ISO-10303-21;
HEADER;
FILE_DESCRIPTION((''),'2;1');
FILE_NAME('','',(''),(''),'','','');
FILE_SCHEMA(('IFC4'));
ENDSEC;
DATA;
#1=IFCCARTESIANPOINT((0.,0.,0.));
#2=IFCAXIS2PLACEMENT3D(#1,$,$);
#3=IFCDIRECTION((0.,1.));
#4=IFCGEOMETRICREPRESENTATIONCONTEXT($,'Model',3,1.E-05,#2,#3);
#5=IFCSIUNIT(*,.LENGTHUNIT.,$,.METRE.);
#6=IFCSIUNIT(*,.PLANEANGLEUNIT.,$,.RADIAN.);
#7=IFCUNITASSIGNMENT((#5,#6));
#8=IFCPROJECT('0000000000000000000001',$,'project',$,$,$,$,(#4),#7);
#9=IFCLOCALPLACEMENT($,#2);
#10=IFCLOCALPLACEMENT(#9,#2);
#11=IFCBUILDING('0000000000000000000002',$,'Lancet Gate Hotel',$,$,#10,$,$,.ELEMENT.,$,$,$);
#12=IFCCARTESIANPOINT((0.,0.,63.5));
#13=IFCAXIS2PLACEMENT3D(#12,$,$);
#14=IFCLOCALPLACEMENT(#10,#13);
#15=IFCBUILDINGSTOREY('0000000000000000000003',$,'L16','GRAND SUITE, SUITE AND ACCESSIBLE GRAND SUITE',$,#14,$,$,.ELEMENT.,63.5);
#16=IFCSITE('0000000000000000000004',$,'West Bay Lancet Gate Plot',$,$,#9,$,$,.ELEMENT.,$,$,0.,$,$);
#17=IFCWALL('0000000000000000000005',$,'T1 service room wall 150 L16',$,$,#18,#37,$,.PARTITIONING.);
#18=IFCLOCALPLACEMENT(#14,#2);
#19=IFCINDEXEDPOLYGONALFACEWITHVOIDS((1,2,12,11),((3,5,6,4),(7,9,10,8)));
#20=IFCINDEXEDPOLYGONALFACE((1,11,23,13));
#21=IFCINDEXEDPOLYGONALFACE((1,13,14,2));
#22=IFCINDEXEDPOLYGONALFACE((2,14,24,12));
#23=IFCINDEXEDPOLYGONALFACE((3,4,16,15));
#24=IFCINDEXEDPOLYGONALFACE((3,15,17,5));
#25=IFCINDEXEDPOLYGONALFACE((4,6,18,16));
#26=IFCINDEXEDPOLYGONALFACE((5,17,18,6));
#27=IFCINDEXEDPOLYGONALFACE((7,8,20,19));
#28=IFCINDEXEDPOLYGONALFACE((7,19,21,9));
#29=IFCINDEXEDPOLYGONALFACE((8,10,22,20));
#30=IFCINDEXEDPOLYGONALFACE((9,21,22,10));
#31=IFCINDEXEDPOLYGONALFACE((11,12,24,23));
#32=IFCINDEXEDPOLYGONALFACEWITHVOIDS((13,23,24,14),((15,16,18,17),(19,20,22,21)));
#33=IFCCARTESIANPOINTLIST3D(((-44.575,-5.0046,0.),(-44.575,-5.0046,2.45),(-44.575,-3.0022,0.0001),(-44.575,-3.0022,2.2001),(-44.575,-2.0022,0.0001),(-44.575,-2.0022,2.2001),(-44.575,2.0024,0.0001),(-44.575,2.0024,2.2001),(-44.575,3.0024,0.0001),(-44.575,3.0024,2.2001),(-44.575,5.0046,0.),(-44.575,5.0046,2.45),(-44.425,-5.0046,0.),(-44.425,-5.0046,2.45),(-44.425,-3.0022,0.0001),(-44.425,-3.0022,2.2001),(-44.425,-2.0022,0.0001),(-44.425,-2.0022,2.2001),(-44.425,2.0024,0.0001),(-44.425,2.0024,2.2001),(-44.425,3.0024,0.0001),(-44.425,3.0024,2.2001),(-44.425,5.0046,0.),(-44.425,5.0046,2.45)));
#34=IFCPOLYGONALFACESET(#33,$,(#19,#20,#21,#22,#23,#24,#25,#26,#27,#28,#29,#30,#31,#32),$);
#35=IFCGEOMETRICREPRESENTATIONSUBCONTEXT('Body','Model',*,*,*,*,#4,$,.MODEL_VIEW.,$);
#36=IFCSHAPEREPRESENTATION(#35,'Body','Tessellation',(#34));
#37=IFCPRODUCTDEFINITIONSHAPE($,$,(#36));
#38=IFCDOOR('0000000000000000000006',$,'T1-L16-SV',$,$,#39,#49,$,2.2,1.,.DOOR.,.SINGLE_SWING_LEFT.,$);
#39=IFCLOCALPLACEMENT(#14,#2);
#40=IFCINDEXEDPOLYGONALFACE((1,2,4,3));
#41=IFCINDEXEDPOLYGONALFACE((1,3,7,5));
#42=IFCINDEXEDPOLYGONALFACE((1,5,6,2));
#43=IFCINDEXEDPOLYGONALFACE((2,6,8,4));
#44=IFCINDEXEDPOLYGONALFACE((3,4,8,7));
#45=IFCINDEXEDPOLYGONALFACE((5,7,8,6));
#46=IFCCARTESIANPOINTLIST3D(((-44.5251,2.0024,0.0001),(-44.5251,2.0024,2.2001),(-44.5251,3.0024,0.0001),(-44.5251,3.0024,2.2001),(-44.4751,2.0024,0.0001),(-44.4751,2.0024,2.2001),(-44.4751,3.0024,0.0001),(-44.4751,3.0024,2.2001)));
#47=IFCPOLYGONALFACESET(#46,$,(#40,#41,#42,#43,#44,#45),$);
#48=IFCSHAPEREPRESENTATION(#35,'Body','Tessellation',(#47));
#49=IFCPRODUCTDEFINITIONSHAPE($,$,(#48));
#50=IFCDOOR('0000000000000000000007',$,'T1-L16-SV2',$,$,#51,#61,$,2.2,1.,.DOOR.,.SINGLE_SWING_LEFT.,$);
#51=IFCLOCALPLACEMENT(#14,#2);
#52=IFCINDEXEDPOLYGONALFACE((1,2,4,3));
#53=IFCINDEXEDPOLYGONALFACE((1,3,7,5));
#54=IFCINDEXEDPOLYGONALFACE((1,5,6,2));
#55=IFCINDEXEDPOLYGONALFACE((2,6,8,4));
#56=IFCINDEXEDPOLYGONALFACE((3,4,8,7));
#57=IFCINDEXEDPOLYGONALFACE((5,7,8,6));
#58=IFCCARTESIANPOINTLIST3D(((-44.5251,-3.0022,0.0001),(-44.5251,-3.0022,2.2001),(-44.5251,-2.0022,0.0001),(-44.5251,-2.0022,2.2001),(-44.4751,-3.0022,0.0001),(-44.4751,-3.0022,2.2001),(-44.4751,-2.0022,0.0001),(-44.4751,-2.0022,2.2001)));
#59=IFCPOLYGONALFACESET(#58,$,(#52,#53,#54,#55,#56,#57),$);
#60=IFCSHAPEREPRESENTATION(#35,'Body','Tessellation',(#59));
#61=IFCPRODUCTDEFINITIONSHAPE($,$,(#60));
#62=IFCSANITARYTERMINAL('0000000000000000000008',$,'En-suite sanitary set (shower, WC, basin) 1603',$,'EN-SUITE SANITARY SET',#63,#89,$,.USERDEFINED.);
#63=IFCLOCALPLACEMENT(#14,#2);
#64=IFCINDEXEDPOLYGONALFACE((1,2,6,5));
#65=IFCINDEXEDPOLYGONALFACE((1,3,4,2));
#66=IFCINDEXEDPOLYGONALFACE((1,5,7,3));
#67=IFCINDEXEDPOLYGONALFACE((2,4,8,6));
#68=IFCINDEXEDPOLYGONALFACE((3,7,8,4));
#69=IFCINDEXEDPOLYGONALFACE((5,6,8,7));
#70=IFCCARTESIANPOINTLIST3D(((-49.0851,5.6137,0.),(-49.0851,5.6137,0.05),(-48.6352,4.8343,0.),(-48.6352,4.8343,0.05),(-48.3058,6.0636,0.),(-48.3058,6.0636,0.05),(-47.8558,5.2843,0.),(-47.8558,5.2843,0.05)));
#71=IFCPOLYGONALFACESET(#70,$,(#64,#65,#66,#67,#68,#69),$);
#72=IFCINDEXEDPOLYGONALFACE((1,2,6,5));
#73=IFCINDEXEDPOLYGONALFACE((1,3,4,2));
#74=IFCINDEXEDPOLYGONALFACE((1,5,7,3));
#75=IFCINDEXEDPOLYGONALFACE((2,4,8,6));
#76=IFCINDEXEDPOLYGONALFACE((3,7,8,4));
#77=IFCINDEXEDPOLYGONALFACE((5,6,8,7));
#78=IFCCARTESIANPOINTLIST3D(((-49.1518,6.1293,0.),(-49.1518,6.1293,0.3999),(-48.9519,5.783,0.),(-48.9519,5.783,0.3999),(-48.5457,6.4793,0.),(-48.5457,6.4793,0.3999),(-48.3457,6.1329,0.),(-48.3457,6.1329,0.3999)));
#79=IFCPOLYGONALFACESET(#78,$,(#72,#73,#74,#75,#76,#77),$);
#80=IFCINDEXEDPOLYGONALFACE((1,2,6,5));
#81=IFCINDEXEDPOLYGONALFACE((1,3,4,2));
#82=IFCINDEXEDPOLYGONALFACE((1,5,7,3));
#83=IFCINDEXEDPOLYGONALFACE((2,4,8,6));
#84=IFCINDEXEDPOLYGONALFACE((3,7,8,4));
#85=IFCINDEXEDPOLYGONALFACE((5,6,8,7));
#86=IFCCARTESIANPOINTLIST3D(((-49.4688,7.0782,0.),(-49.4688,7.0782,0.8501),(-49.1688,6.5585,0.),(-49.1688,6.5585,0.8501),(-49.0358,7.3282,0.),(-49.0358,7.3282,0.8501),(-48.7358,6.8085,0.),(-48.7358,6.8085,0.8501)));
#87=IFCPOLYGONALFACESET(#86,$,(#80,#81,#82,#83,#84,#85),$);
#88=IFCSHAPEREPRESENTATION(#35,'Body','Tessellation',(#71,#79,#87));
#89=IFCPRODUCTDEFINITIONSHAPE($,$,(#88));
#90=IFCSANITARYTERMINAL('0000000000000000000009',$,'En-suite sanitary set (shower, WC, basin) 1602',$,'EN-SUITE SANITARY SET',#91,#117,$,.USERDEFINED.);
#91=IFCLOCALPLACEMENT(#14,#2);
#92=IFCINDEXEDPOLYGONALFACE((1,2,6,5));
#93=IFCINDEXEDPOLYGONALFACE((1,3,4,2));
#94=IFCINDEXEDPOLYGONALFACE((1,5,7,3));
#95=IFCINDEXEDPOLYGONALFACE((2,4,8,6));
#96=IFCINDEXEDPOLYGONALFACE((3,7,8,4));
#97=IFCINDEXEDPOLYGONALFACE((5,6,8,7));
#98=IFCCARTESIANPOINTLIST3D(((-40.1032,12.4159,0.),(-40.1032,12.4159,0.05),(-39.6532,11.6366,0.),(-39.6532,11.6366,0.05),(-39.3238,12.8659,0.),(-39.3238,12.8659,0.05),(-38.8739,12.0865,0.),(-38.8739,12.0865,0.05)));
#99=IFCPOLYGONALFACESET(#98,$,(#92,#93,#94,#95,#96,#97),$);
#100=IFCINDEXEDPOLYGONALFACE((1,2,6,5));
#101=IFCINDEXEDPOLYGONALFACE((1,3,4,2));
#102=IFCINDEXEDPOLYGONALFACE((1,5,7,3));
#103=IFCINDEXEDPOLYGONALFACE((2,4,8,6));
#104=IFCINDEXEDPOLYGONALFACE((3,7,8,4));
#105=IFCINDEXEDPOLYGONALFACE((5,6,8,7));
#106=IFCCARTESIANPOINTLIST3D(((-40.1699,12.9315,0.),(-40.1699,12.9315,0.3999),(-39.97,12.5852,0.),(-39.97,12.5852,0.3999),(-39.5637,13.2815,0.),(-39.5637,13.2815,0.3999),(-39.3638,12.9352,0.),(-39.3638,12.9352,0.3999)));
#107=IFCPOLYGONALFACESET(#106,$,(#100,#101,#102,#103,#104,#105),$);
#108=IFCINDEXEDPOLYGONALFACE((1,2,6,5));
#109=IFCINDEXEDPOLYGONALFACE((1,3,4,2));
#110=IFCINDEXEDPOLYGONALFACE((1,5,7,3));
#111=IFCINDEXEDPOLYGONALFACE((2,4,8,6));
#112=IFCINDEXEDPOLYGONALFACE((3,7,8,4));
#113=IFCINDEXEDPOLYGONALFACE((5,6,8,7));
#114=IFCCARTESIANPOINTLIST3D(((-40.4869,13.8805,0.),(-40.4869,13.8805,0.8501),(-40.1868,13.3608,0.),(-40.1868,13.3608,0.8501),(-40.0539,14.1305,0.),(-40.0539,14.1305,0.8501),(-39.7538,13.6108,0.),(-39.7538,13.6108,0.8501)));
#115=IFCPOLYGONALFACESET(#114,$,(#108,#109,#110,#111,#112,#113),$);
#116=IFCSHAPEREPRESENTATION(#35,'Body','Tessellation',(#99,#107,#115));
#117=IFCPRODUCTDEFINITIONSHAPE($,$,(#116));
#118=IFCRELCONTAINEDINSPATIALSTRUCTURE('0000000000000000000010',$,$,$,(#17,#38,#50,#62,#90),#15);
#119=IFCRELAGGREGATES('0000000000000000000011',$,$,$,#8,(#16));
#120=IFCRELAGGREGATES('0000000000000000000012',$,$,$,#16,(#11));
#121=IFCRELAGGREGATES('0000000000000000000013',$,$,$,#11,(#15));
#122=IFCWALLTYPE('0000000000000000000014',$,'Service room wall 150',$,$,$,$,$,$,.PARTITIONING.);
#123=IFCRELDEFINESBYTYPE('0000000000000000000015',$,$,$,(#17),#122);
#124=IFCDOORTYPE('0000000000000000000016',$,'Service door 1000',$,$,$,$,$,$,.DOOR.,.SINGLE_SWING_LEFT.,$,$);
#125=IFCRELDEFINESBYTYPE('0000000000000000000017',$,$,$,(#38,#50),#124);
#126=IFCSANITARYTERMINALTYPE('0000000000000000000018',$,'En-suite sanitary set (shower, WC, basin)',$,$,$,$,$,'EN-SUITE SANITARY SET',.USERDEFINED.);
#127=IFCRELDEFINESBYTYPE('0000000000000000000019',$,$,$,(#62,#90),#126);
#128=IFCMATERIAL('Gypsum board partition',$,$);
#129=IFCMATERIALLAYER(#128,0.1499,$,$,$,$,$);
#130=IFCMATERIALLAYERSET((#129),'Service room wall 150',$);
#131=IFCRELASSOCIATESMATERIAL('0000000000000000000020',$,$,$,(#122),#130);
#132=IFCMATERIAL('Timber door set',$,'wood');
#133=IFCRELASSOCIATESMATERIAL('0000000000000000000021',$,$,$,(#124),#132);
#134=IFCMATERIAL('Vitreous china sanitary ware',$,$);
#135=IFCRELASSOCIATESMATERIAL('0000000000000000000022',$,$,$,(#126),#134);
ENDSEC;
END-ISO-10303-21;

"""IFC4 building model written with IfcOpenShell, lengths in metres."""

from ifc_helpers import new_model, si_unit, direction, frame, frame_2d, origin, origin_2d, place, context, subcontext, project, spatial, rectangle, extrude, material, layer, layer_set, type_object, element, fill, save


model = new_model("IFC4")

# Units and contexts
model_context = context("Model", 3, precision=1e-05, world=origin(), true_north=direction((0.0, 1.0)))
body_context = subcontext(model_context, "Body", "Model", "MODEL_VIEW")
ifc_project = project(units=[si_unit("LENGTHUNIT", "METRE"), si_unit("PLANEANGLEUNIT", "RADIAN")], contexts=[model_context])

# Site, building, storey
site_placement = place(None, origin())
site = spatial("IfcSite", under=ifc_project, at=site_placement, Name="West Bay Lancet Gate Plot", CompositionType="ELEMENT", RefElevation=0.0)
building_placement = place(site_placement, origin())
building = spatial("IfcBuilding", under=site, at=building_placement, Name="Lancet Gate Hotel", CompositionType="ELEMENT")
storey_placement = place(building_placement, frame((0.0, 0.0, 63.5)))
storey = spatial("IfcBuildingStorey", under=building, at=storey_placement, Name="L16", Description="GRAND SUITE, SUITE AND ACCESSIBLE GRAND SUITE", CompositionType="ELEMENT", Elevation=63.5)

# Shared definitions
ifc_material_1 = material(Name="Gypsum board partition")
ifc_layer_1 = layer(ifc_material_1, 0.1499)
ifc_layer_set_1 = layer_set([ifc_layer_1], Name="Service room wall 150")
wall_type_1 = type_object("IfcWallType", Name="Service room wall 150", PredefinedType="PARTITIONING", material=ifc_layer_set_1)

# Wall, openings, doors
wall_1_placement = place(storey_placement, frame((-44.5, 5.0046, 0.0), z_axis=(0.0, 0.0, 1.0), x_axis=(0.0, -1.0, 0.0)))
wall_1 = element("IfcWall", 1, at=wall_1_placement, inside=storey, type_object=wall_type_1, Name="T1 service room wall 150 L16", PredefinedType="PARTITIONING", context=body_context, shape_type="SweptSolid", body=[
    extrude(rectangle(XDim=10.0093, YDim=0.1499, at=frame_2d((5.0046, 0.0))), origin(), (0.0, 0.0, 1.0), 2.45),
])
opening_1_placement = place(wall_1_placement, frame((2.0022, 0.0, 0.0)))
opening_1 = element("IfcOpeningElement", 2, at=opening_1_placement, cuts=wall_1, PredefinedType="OPENING", context=body_context, shape_type="SweptSolid", body=[
    extrude(rectangle(XDim=1.0, YDim=2.2, at=frame_2d((0.5, 1.1001))), frame((0.0, 0.085, 0.0), z_axis=(0.0, -1.0, 0.0), x_axis=(1.0, 0.0, 0.0)), (0.0, 0.0, 1.0), 0.1699),
])
opening_2_placement = place(wall_1_placement, frame((7.0068, 0.0, 0.0)))
opening_2 = element("IfcOpeningElement", 3, at=opening_2_placement, cuts=wall_1, PredefinedType="OPENING", context=body_context, shape_type="SweptSolid", body=[
    extrude(rectangle(XDim=1.0, YDim=2.2, at=frame_2d((0.5, 1.1001))), frame((0.0, 0.085, 0.0), z_axis=(0.0, -1.0, 0.0), x_axis=(1.0, 0.0, 0.0)), (0.0, 0.0, 1.0), 0.1699),
])
ifc_material_2 = material(Name="Timber door set", Category="wood")
door_type_1 = type_object("IfcDoorType", Name="Service door 1000", OperationType="SINGLE_SWING_LEFT", PredefinedType="DOOR", material=ifc_material_2)
door_1_placement = place(opening_1_placement, origin())
door_1 = element("IfcDoor", 4, at=door_1_placement, inside=storey, type_object=door_type_1, Name="T1-L16-SV", OperationType="SINGLE_SWING_LEFT", OverallHeight=2.2, OverallWidth=1.0, PredefinedType="DOOR", context=body_context, shape_type="SweptSolid", body=[
    extrude(rectangle(XDim=1.0, YDim=2.2, at=frame_2d((0.5, 1.1001))), frame((0.0, 0.0249, 0.0), z_axis=(0.0, -1.0, 0.0), x_axis=(1.0, 0.0, 0.0)), (0.0, 0.0, 1.0), 0.05),
])
fill(opening_1, door_1)
door_2_placement = place(opening_2_placement, origin())
door_2 = element("IfcDoor", 5, at=door_2_placement, inside=storey, type_object=door_type_1, Name="T1-L16-SV2", OperationType="SINGLE_SWING_LEFT", OverallHeight=2.2, OverallWidth=1.0, PredefinedType="DOOR", context=body_context, shape_type="SweptSolid", body=[
    extrude(rectangle(XDim=1.0, YDim=2.2, at=frame_2d((0.5, 1.1001))), frame((0.0, 0.0249, 0.0), z_axis=(0.0, -1.0, 0.0), x_axis=(1.0, 0.0, 0.0)), (0.0, 0.0, 1.0), 0.05),
])
fill(opening_2, door_2)

# Sanitary terminals
ifc_material_3 = material(Name="Vitreous china sanitary ware")
sanitary_terminal_type = type_object("IfcSanitaryTerminalType", Name="En-suite sanitary set (shower, WC, basin)", ElementType="EN-SUITE SANITARY SET", PredefinedType="USERDEFINED", material=ifc_material_3)
for number, where, z_axis, x_axis, name in (
    (6, (-48.4705, 5.449, 0.0), (0.0, 0.0, 1.0), (1.0, 0.0, 0.0), "En-suite sanitary set (shower, WC, basin) 1603"),
    (7, (-39.4885, 12.2512, 0.0), (0.0, 0.0, 1.0), (1.0, 0.0, 0.0), "En-suite sanitary set (shower, WC, basin) 1602"),
):
    element("IfcSanitaryTerminal", number, at=place(storey_placement, frame(where, z_axis=z_axis, x_axis=x_axis)), inside=storey, type_object=sanitary_terminal_type, Name=name, ObjectType="EN-SUITE SANITARY SET", PredefinedType="USERDEFINED", context=body_context, shape_type="SweptSolid", body=[
        extrude(rectangle(XDim=0.8999, YDim=0.8999, at=origin_2d()), frame((0.0, 0.0, 0.0), z_axis=(0.0, 0.0, 1.0), x_axis=(0.5, -0.866025, 0.0)), (0.0, 0.0, 1.0), 0.05),
        extrude(rectangle(XDim=0.3999, YDim=0.7, at=origin_2d()), frame((-0.2783, 0.6821, 0.0), z_axis=(0.0, 0.0, 1.0), x_axis=(0.5, -0.866025, 0.0)), (0.0, 0.0, 1.0), 0.3999),
        extrude(rectangle(XDim=0.6001, YDim=0.5, at=origin_2d()), frame((-0.6318, 1.4944, 0.0), z_axis=(0.0, 0.0, 1.0), x_axis=(0.5, -0.866025, 0.0)), (0.0, 0.0, 1.0), 0.8501),
    ])

save(model, "model.ifc")
